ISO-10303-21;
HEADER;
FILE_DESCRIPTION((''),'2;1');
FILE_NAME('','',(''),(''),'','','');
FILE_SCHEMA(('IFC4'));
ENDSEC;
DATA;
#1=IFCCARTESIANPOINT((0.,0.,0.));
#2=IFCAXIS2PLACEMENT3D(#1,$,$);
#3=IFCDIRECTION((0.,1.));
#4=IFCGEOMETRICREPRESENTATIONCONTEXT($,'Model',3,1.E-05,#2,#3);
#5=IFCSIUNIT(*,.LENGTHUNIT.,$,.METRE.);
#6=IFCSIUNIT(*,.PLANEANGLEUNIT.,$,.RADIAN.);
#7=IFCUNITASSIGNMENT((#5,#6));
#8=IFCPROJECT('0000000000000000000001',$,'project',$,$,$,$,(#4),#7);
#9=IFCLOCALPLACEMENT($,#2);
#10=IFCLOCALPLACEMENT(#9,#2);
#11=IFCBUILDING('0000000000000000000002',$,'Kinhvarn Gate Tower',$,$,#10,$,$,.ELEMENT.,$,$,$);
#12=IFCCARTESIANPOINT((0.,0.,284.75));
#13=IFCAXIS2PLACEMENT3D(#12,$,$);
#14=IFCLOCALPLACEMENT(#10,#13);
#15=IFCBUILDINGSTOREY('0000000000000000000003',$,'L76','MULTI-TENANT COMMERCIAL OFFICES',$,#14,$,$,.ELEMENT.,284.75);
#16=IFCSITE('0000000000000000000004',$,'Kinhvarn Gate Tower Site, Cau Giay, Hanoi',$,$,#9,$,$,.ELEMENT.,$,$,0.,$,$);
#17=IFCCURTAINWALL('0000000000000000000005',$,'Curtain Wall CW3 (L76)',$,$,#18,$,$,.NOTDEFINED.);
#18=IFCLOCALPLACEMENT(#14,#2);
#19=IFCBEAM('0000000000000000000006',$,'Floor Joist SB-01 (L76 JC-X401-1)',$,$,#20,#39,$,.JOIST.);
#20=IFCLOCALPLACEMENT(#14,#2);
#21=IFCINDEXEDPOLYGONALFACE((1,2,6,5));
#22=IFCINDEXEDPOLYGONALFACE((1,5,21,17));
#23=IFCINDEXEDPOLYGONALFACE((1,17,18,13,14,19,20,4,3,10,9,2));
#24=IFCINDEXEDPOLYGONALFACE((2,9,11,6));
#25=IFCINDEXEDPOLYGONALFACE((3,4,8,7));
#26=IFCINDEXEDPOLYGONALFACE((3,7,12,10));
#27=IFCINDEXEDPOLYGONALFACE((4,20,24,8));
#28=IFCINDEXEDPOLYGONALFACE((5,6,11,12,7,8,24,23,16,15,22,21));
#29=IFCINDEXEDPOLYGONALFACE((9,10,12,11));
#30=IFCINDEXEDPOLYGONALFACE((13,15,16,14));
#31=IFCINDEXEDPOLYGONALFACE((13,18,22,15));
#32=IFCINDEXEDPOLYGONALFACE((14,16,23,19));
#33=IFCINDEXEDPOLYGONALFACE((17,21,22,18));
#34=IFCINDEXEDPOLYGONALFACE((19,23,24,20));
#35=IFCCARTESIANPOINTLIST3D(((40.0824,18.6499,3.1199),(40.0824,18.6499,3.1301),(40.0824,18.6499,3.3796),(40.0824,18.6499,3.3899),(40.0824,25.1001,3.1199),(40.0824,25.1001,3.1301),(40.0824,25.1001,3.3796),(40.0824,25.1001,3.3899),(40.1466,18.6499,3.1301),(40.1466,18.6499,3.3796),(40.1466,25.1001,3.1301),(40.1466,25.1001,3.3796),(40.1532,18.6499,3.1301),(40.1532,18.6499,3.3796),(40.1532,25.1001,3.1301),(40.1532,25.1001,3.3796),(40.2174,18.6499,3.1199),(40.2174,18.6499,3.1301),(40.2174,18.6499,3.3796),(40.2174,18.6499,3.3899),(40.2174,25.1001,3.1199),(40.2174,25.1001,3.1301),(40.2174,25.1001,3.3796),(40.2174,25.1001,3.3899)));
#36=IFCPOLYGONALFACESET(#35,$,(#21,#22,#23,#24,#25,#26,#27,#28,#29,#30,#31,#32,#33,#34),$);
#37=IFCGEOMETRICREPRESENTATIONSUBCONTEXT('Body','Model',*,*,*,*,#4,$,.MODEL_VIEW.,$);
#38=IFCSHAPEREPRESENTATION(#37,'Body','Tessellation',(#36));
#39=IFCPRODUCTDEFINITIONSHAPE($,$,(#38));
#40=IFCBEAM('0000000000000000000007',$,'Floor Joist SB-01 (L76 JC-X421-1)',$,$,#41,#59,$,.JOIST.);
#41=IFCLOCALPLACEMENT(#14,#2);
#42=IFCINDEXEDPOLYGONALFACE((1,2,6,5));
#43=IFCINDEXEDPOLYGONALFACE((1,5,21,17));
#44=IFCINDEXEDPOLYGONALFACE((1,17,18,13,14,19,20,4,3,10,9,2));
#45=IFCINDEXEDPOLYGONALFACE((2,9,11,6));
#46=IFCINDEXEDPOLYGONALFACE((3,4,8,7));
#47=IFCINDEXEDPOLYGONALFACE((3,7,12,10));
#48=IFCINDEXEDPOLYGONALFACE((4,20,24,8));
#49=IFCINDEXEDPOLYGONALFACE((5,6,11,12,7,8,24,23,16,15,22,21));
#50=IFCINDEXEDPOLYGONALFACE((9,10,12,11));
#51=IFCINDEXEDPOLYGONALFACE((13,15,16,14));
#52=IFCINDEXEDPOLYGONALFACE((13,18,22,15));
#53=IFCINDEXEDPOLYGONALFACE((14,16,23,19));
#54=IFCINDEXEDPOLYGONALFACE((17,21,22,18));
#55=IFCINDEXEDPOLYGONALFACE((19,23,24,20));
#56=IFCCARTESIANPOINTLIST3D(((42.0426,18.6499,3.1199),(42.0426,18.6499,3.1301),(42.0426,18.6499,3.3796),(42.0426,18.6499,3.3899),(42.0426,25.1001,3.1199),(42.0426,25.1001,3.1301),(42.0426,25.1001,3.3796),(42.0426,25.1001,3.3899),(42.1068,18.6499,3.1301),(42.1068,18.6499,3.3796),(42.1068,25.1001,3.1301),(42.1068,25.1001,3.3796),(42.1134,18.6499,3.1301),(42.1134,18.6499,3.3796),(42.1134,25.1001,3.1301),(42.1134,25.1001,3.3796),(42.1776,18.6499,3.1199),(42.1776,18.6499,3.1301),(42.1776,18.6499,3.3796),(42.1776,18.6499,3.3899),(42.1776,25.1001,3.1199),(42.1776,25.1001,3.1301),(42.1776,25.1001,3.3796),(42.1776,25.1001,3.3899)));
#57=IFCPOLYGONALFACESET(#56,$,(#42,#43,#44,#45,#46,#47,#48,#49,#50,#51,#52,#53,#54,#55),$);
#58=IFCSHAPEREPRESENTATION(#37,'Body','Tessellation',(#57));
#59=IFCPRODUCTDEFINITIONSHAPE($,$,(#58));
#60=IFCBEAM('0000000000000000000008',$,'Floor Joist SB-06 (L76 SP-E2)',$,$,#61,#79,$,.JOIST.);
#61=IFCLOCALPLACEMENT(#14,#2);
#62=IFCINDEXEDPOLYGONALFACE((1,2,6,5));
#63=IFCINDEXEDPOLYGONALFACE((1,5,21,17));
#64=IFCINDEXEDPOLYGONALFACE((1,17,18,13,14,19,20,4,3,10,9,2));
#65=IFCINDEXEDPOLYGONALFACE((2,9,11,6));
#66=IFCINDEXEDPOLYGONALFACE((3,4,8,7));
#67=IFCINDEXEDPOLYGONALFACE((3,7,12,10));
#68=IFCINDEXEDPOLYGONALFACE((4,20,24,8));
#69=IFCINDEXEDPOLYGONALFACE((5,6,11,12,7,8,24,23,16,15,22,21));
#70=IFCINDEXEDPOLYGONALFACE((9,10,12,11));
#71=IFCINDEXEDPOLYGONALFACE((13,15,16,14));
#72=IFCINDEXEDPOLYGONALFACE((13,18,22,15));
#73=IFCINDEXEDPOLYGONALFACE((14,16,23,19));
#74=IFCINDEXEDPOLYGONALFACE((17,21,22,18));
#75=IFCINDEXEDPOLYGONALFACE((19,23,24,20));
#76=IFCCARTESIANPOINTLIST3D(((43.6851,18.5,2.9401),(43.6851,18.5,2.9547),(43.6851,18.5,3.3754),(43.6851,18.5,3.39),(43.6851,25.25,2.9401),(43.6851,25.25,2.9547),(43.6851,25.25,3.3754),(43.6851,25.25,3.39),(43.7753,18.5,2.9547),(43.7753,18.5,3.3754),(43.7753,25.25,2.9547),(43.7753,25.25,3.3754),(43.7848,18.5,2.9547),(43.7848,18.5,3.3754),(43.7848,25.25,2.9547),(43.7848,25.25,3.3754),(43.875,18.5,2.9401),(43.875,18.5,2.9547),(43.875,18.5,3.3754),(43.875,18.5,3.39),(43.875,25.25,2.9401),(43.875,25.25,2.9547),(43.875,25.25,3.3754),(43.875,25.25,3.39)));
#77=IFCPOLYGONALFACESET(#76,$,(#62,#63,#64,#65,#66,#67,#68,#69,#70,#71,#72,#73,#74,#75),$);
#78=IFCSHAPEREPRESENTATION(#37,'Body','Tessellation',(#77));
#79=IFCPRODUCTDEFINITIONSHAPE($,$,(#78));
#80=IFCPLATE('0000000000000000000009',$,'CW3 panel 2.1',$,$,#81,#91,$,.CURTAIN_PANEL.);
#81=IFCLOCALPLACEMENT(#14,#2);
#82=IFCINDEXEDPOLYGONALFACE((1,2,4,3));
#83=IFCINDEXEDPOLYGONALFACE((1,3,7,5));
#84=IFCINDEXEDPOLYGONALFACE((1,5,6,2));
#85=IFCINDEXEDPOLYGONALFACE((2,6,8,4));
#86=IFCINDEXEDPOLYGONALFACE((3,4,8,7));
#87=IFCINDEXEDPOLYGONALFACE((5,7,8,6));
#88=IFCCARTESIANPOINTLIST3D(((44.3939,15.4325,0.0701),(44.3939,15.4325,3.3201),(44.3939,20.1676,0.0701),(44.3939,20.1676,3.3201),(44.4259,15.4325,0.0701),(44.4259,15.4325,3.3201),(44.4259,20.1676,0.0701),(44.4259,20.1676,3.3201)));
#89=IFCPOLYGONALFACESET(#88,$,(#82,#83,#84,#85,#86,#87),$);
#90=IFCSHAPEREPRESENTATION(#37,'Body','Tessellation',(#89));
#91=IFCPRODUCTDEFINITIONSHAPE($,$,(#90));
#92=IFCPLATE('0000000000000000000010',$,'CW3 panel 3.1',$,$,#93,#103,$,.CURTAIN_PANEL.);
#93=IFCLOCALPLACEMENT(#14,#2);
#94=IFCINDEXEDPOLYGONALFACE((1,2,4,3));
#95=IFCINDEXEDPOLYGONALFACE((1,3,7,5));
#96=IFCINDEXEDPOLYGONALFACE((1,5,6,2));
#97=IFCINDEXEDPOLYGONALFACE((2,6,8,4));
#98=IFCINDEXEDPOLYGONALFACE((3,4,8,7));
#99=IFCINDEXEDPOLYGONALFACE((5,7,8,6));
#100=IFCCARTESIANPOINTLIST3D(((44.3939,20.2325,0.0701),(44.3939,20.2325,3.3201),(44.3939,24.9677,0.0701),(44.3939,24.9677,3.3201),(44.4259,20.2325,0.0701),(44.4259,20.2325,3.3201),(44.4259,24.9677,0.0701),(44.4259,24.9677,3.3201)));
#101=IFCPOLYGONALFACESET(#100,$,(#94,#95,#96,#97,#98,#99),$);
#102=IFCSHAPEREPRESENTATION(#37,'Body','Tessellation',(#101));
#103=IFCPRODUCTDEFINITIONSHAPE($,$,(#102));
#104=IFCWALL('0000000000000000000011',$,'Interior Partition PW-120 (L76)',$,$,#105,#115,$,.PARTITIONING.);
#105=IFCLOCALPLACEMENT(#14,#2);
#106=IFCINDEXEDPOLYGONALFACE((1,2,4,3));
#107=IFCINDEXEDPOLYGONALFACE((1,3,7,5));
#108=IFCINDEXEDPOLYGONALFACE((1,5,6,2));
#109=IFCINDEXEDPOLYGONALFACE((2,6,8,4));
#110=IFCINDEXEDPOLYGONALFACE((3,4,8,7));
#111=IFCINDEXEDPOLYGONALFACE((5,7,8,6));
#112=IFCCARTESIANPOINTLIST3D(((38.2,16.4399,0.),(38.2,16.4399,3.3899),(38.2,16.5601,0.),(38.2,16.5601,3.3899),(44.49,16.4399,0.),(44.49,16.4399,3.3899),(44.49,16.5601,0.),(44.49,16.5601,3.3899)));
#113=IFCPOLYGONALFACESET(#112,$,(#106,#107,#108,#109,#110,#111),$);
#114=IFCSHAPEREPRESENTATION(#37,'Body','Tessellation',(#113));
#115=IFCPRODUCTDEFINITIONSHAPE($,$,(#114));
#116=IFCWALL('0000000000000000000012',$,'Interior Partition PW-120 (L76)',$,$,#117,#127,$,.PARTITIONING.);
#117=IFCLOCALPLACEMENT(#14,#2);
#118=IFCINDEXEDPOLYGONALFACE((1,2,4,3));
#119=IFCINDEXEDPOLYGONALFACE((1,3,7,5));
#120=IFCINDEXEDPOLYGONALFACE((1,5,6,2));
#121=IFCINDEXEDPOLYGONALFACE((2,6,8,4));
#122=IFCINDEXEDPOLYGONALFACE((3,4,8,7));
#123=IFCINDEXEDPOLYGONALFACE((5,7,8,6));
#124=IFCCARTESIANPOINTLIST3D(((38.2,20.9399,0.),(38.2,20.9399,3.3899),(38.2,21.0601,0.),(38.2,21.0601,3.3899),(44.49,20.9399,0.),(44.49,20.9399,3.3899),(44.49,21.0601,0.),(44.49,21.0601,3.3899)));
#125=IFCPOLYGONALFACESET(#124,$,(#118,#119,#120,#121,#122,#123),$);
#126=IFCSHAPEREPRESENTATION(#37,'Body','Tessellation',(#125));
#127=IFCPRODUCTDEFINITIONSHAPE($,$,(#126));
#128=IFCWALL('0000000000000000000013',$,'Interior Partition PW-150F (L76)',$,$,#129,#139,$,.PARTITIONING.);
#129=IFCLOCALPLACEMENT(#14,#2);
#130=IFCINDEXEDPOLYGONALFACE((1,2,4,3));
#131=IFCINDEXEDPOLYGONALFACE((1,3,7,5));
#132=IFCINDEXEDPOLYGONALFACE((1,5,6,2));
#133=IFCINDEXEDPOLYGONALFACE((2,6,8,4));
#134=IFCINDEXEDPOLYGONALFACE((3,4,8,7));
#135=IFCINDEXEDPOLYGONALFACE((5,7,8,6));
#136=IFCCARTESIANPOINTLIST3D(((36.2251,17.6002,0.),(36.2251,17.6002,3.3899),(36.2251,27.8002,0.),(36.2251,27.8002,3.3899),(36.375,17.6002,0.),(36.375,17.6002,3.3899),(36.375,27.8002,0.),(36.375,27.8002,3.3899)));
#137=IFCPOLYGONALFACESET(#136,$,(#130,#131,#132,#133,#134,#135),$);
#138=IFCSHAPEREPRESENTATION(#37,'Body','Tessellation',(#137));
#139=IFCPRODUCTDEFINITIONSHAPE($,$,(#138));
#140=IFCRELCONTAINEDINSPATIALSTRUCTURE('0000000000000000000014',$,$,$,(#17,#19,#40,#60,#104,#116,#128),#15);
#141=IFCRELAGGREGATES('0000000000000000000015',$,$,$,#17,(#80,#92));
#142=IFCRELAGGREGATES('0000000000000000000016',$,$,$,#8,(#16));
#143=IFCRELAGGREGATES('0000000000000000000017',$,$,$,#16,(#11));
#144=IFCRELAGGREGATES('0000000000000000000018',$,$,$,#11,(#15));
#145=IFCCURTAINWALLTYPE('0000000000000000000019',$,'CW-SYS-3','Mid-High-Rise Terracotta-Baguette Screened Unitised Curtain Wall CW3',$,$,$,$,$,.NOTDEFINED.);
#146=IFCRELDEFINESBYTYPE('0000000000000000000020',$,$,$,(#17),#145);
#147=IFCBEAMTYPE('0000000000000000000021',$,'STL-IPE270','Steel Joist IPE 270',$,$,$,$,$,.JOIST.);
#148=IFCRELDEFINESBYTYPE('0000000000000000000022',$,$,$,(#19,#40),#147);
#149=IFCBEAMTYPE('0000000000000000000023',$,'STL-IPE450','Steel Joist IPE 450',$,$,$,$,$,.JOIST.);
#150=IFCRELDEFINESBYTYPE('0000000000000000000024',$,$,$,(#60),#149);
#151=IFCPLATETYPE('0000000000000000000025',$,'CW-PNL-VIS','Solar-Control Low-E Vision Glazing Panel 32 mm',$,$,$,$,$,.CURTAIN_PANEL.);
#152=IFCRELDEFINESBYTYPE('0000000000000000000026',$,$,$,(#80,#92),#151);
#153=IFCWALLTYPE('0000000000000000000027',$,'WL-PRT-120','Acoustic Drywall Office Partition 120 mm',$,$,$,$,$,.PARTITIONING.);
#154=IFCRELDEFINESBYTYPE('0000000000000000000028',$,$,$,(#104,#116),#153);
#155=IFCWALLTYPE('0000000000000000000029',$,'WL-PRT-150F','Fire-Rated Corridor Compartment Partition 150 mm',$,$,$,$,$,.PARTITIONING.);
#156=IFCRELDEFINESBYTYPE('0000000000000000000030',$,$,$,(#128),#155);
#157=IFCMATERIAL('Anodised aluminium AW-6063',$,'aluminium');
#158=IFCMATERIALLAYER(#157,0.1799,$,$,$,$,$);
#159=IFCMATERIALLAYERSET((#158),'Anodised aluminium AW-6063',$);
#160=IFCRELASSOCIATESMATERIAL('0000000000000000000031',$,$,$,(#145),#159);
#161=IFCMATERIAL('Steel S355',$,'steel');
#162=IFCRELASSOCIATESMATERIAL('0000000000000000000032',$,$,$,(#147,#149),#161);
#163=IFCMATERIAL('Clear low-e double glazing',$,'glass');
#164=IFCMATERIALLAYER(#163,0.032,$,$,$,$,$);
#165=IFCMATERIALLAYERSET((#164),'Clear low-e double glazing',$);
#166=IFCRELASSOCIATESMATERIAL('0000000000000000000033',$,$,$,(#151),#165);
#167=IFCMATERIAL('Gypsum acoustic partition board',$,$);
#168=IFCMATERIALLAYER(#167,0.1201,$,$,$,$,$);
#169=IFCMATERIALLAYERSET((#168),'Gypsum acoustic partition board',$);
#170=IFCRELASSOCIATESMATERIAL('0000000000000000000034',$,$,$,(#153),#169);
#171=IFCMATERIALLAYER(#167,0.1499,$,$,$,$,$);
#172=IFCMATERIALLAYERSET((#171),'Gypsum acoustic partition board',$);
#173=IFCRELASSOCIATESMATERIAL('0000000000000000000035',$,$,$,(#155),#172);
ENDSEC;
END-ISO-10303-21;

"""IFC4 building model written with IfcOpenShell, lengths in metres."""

from ifc_helpers import new_model, si_unit, direction, frame, frame_2d, origin, origin_2d, place, context, subcontext, project, spatial, rectangle, i_section, extrude, material, layer, layer_set, material_profile, profile_set, type_object, element, aggregate, save


model = new_model("IFC4")

# Units and contexts
model_context = context("Model", 3, precision=1e-05, world=origin(), true_north=direction((0.0, 1.0)))
body_context = subcontext(model_context, "Body", "Model", "MODEL_VIEW")
ifc_project = project(units=[si_unit("LENGTHUNIT", "METRE"), si_unit("PLANEANGLEUNIT", "RADIAN")], contexts=[model_context])

# Site, building, storey
site_placement = place(None, origin())
site = spatial("IfcSite", under=ifc_project, at=site_placement, Name="Kinhvarn Gate Tower Site, Cau Giay, Hanoi", CompositionType="ELEMENT", RefElevation=0.0)
building_placement = place(site_placement, origin())
building = spatial("IfcBuilding", under=site, at=building_placement, Name="Kinhvarn Gate Tower", CompositionType="ELEMENT")
storey_placement = place(building_placement, frame((0.0, 0.0, 284.75)))
storey = spatial("IfcBuildingStorey", under=building, at=storey_placement, Name="L76", Description="MULTI-TENANT COMMERCIAL OFFICES", CompositionType="ELEMENT", Elevation=284.75)

# Curtain wall
ifc_material_1 = material(Name="Anodised aluminium AW-6063", Category="aluminium")
ifc_layer_1 = layer(ifc_material_1, 0.1799)
ifc_layer_set_1 = layer_set([ifc_layer_1], Name="Anodised aluminium AW-6063")
curtain_wall_type = type_object("IfcCurtainWallType", Name="CW-SYS-3", Description="Mid-High-Rise Terracotta-Baguette Screened Unitised Curtain Wall CW3", PredefinedType="NOTDEFINED", material=ifc_layer_set_1)
curtain_wall_placement = place(storey_placement, origin())
curtain_wall = element("IfcCurtainWall", 1, at=curtain_wall_placement, inside=storey, type_object=curtain_wall_type, Name="Curtain Wall CW3 (L76)", PredefinedType="NOTDEFINED")

# Beams
ifc_material_2 = material(Name="Steel S355", Category="steel")
ifc_material_profile_1 = material_profile(ifc_material_2, i_section(OverallWidth=0.135, OverallDepth=0.27, WebThickness=0.0066, FlangeThickness=0.0103, at=origin_2d()), Name="IPE 270")
ifc_profile_set_1 = profile_set([ifc_material_profile_1], Name="Steel S355")
beam_type_1 = type_object("IfcBeamType", Name="STL-IPE270", Description="Steel Joist IPE 270", PredefinedType="JOIST", material=ifc_profile_set_1)
for number, where, z_axis, x_axis, name in (
    (2, (40.1499, 18.6499, 3.2549), (0.0, 1.0, 0.0), (-1.0, 0.0, 0.0), "Floor Joist SB-01 (L76 JC-X401-1)"),
    (3, (42.1101, 18.6499, 3.2549), (0.0, 1.0, 0.0), (-1.0, 0.0, 0.0), "Floor Joist SB-01 (L76 JC-X421-1)"),
):
    element("IfcBeam", number, at=place(storey_placement, frame(where, z_axis=z_axis, x_axis=x_axis)), inside=storey, type_object=beam_type_1, Name=name, PredefinedType="JOIST", context=body_context, shape_type="SweptSolid", body=[
        extrude(i_section(OverallWidth=0.135, OverallDepth=0.27, WebThickness=0.0066, FlangeThickness=0.0103, at=origin_2d()), origin(), (0.0, 0.0, 1.0), 6.4502),
    ])
ifc_material_profile_2 = material_profile(ifc_material_2, i_section(OverallWidth=0.1899, OverallDepth=0.45, WebThickness=0.0095, FlangeThickness=0.0146, at=origin_2d()), Name="IPE 450")
ifc_profile_set_2 = profile_set([ifc_material_profile_2], Name="Steel S355")
beam_type_2 = type_object("IfcBeamType", Name="STL-IPE450", Description="Steel Joist IPE 450", PredefinedType="JOIST", material=ifc_profile_set_2)
beam_1_placement = place(storey_placement, frame((43.78, 18.5, 3.165), z_axis=(0.0, 1.0, 0.0), x_axis=(-1.0, 0.0, 0.0)))
element("IfcBeam", 4, at=beam_1_placement, inside=storey, type_object=beam_type_2, Name="Floor Joist SB-06 (L76 SP-E2)", PredefinedType="JOIST", context=body_context, shape_type="SweptSolid", body=[
    extrude(i_section(OverallWidth=0.1899, OverallDepth=0.45, WebThickness=0.0095, FlangeThickness=0.0146, at=origin_2d()), origin(), (0.0, 0.0, 1.0), 6.75),
])

# Plates
ifc_material_3 = material(Name="Clear low-e double glazing", Category="glass")
ifc_layer_2 = layer(ifc_material_3, 0.032)
ifc_layer_set_2 = layer_set([ifc_layer_2], Name="Clear low-e double glazing")
plate_type = type_object("IfcPlateType", Name="CW-PNL-VIS", Description="Solar-Control Low-E Vision Glazing Panel 32 mm", PredefinedType="CURTAIN_PANEL", material=ifc_layer_set_2)
plate_1_placement = place(storey_placement, frame((44.4099, 17.8, 0.0701), z_axis=(0.0, 0.0, 1.0), x_axis=(0.0, 1.0, 0.0)))
plate_1 = element("IfcPlate", 5, at=plate_1_placement, type_object=plate_type, Name="CW3 panel 2.1", PredefinedType="CURTAIN_PANEL", context=body_context, shape_type="SweptSolid", body=[
    extrude(rectangle(XDim=4.7351, YDim=0.032, at=origin_2d()), origin(), (0.0, 0.0, 1.0), 3.25),
])
plate_2_placement = place(storey_placement, frame((44.4099, 22.6001, 0.0701), z_axis=(0.0, 0.0, 1.0), x_axis=(0.0, 1.0, 0.0)))
plate_2 = element("IfcPlate", 6, at=plate_2_placement, type_object=plate_type, Name="CW3 panel 3.1", PredefinedType="CURTAIN_PANEL", context=body_context, shape_type="SweptSolid", body=[
    extrude(rectangle(XDim=4.7351, YDim=0.032, at=origin_2d()), origin(), (0.0, 0.0, 1.0), 3.25),
])
aggregate(curtain_wall, [plate_1, plate_2])

# Walls
ifc_material_4 = material(Name="Gypsum acoustic partition board")
ifc_layer_3 = layer(ifc_material_4, 0.1201)
ifc_layer_set_3 = layer_set([ifc_layer_3], Name="Gypsum acoustic partition board")
wall_type_1 = type_object("IfcWallType", Name="WL-PRT-120", Description="Acoustic Drywall Office Partition 120 mm", PredefinedType="PARTITIONING", material=ifc_layer_set_3)
for number, where, z_axis, x_axis, name in (
    (7, (38.2, 16.5, 0.0), (0.0, 0.0, 1.0), (1.0, 0.0, 0.0), "Interior Partition PW-120 (L76)"),
    (8, (38.2, 21.0, 0.0), (0.0, 0.0, 1.0), (1.0, 0.0, 0.0), "Interior Partition PW-120 (L76)"),
):
    element("IfcWall", number, at=place(storey_placement, frame(where, z_axis=z_axis, x_axis=x_axis)), inside=storey, type_object=wall_type_1, Name=name, PredefinedType="PARTITIONING", context=body_context, shape_type="SweptSolid", body=[
        extrude(rectangle(XDim=6.29, YDim=0.1201, at=frame_2d((3.145, 0.0))), origin(), (0.0, 0.0, 1.0), 3.3899),
    ])
ifc_layer_4 = layer(ifc_material_4, 0.1499)
ifc_layer_set_4 = layer_set([ifc_layer_4], Name="Gypsum acoustic partition board")
wall_type_2 = type_object("IfcWallType", Name="WL-PRT-150F", Description="Fire-Rated Corridor Compartment Partition 150 mm", PredefinedType="PARTITIONING", material=ifc_layer_set_4)
wall_1_placement = place(storey_placement, frame((36.3, 17.6001, 0.0), z_axis=(0.0, 0.0, 1.0), x_axis=(0.0, 1.0, 0.0)))
element("IfcWall", 9, at=wall_1_placement, inside=storey, type_object=wall_type_2, Name="Interior Partition PW-150F (L76)", PredefinedType="PARTITIONING", context=body_context, shape_type="SweptSolid", body=[
    extrude(rectangle(XDim=10.2, YDim=0.1499, at=frame_2d((5.1001, 0.0))), origin(), (0.0, 0.0, 1.0), 3.3899),
])

save(model, "model.ifc")
